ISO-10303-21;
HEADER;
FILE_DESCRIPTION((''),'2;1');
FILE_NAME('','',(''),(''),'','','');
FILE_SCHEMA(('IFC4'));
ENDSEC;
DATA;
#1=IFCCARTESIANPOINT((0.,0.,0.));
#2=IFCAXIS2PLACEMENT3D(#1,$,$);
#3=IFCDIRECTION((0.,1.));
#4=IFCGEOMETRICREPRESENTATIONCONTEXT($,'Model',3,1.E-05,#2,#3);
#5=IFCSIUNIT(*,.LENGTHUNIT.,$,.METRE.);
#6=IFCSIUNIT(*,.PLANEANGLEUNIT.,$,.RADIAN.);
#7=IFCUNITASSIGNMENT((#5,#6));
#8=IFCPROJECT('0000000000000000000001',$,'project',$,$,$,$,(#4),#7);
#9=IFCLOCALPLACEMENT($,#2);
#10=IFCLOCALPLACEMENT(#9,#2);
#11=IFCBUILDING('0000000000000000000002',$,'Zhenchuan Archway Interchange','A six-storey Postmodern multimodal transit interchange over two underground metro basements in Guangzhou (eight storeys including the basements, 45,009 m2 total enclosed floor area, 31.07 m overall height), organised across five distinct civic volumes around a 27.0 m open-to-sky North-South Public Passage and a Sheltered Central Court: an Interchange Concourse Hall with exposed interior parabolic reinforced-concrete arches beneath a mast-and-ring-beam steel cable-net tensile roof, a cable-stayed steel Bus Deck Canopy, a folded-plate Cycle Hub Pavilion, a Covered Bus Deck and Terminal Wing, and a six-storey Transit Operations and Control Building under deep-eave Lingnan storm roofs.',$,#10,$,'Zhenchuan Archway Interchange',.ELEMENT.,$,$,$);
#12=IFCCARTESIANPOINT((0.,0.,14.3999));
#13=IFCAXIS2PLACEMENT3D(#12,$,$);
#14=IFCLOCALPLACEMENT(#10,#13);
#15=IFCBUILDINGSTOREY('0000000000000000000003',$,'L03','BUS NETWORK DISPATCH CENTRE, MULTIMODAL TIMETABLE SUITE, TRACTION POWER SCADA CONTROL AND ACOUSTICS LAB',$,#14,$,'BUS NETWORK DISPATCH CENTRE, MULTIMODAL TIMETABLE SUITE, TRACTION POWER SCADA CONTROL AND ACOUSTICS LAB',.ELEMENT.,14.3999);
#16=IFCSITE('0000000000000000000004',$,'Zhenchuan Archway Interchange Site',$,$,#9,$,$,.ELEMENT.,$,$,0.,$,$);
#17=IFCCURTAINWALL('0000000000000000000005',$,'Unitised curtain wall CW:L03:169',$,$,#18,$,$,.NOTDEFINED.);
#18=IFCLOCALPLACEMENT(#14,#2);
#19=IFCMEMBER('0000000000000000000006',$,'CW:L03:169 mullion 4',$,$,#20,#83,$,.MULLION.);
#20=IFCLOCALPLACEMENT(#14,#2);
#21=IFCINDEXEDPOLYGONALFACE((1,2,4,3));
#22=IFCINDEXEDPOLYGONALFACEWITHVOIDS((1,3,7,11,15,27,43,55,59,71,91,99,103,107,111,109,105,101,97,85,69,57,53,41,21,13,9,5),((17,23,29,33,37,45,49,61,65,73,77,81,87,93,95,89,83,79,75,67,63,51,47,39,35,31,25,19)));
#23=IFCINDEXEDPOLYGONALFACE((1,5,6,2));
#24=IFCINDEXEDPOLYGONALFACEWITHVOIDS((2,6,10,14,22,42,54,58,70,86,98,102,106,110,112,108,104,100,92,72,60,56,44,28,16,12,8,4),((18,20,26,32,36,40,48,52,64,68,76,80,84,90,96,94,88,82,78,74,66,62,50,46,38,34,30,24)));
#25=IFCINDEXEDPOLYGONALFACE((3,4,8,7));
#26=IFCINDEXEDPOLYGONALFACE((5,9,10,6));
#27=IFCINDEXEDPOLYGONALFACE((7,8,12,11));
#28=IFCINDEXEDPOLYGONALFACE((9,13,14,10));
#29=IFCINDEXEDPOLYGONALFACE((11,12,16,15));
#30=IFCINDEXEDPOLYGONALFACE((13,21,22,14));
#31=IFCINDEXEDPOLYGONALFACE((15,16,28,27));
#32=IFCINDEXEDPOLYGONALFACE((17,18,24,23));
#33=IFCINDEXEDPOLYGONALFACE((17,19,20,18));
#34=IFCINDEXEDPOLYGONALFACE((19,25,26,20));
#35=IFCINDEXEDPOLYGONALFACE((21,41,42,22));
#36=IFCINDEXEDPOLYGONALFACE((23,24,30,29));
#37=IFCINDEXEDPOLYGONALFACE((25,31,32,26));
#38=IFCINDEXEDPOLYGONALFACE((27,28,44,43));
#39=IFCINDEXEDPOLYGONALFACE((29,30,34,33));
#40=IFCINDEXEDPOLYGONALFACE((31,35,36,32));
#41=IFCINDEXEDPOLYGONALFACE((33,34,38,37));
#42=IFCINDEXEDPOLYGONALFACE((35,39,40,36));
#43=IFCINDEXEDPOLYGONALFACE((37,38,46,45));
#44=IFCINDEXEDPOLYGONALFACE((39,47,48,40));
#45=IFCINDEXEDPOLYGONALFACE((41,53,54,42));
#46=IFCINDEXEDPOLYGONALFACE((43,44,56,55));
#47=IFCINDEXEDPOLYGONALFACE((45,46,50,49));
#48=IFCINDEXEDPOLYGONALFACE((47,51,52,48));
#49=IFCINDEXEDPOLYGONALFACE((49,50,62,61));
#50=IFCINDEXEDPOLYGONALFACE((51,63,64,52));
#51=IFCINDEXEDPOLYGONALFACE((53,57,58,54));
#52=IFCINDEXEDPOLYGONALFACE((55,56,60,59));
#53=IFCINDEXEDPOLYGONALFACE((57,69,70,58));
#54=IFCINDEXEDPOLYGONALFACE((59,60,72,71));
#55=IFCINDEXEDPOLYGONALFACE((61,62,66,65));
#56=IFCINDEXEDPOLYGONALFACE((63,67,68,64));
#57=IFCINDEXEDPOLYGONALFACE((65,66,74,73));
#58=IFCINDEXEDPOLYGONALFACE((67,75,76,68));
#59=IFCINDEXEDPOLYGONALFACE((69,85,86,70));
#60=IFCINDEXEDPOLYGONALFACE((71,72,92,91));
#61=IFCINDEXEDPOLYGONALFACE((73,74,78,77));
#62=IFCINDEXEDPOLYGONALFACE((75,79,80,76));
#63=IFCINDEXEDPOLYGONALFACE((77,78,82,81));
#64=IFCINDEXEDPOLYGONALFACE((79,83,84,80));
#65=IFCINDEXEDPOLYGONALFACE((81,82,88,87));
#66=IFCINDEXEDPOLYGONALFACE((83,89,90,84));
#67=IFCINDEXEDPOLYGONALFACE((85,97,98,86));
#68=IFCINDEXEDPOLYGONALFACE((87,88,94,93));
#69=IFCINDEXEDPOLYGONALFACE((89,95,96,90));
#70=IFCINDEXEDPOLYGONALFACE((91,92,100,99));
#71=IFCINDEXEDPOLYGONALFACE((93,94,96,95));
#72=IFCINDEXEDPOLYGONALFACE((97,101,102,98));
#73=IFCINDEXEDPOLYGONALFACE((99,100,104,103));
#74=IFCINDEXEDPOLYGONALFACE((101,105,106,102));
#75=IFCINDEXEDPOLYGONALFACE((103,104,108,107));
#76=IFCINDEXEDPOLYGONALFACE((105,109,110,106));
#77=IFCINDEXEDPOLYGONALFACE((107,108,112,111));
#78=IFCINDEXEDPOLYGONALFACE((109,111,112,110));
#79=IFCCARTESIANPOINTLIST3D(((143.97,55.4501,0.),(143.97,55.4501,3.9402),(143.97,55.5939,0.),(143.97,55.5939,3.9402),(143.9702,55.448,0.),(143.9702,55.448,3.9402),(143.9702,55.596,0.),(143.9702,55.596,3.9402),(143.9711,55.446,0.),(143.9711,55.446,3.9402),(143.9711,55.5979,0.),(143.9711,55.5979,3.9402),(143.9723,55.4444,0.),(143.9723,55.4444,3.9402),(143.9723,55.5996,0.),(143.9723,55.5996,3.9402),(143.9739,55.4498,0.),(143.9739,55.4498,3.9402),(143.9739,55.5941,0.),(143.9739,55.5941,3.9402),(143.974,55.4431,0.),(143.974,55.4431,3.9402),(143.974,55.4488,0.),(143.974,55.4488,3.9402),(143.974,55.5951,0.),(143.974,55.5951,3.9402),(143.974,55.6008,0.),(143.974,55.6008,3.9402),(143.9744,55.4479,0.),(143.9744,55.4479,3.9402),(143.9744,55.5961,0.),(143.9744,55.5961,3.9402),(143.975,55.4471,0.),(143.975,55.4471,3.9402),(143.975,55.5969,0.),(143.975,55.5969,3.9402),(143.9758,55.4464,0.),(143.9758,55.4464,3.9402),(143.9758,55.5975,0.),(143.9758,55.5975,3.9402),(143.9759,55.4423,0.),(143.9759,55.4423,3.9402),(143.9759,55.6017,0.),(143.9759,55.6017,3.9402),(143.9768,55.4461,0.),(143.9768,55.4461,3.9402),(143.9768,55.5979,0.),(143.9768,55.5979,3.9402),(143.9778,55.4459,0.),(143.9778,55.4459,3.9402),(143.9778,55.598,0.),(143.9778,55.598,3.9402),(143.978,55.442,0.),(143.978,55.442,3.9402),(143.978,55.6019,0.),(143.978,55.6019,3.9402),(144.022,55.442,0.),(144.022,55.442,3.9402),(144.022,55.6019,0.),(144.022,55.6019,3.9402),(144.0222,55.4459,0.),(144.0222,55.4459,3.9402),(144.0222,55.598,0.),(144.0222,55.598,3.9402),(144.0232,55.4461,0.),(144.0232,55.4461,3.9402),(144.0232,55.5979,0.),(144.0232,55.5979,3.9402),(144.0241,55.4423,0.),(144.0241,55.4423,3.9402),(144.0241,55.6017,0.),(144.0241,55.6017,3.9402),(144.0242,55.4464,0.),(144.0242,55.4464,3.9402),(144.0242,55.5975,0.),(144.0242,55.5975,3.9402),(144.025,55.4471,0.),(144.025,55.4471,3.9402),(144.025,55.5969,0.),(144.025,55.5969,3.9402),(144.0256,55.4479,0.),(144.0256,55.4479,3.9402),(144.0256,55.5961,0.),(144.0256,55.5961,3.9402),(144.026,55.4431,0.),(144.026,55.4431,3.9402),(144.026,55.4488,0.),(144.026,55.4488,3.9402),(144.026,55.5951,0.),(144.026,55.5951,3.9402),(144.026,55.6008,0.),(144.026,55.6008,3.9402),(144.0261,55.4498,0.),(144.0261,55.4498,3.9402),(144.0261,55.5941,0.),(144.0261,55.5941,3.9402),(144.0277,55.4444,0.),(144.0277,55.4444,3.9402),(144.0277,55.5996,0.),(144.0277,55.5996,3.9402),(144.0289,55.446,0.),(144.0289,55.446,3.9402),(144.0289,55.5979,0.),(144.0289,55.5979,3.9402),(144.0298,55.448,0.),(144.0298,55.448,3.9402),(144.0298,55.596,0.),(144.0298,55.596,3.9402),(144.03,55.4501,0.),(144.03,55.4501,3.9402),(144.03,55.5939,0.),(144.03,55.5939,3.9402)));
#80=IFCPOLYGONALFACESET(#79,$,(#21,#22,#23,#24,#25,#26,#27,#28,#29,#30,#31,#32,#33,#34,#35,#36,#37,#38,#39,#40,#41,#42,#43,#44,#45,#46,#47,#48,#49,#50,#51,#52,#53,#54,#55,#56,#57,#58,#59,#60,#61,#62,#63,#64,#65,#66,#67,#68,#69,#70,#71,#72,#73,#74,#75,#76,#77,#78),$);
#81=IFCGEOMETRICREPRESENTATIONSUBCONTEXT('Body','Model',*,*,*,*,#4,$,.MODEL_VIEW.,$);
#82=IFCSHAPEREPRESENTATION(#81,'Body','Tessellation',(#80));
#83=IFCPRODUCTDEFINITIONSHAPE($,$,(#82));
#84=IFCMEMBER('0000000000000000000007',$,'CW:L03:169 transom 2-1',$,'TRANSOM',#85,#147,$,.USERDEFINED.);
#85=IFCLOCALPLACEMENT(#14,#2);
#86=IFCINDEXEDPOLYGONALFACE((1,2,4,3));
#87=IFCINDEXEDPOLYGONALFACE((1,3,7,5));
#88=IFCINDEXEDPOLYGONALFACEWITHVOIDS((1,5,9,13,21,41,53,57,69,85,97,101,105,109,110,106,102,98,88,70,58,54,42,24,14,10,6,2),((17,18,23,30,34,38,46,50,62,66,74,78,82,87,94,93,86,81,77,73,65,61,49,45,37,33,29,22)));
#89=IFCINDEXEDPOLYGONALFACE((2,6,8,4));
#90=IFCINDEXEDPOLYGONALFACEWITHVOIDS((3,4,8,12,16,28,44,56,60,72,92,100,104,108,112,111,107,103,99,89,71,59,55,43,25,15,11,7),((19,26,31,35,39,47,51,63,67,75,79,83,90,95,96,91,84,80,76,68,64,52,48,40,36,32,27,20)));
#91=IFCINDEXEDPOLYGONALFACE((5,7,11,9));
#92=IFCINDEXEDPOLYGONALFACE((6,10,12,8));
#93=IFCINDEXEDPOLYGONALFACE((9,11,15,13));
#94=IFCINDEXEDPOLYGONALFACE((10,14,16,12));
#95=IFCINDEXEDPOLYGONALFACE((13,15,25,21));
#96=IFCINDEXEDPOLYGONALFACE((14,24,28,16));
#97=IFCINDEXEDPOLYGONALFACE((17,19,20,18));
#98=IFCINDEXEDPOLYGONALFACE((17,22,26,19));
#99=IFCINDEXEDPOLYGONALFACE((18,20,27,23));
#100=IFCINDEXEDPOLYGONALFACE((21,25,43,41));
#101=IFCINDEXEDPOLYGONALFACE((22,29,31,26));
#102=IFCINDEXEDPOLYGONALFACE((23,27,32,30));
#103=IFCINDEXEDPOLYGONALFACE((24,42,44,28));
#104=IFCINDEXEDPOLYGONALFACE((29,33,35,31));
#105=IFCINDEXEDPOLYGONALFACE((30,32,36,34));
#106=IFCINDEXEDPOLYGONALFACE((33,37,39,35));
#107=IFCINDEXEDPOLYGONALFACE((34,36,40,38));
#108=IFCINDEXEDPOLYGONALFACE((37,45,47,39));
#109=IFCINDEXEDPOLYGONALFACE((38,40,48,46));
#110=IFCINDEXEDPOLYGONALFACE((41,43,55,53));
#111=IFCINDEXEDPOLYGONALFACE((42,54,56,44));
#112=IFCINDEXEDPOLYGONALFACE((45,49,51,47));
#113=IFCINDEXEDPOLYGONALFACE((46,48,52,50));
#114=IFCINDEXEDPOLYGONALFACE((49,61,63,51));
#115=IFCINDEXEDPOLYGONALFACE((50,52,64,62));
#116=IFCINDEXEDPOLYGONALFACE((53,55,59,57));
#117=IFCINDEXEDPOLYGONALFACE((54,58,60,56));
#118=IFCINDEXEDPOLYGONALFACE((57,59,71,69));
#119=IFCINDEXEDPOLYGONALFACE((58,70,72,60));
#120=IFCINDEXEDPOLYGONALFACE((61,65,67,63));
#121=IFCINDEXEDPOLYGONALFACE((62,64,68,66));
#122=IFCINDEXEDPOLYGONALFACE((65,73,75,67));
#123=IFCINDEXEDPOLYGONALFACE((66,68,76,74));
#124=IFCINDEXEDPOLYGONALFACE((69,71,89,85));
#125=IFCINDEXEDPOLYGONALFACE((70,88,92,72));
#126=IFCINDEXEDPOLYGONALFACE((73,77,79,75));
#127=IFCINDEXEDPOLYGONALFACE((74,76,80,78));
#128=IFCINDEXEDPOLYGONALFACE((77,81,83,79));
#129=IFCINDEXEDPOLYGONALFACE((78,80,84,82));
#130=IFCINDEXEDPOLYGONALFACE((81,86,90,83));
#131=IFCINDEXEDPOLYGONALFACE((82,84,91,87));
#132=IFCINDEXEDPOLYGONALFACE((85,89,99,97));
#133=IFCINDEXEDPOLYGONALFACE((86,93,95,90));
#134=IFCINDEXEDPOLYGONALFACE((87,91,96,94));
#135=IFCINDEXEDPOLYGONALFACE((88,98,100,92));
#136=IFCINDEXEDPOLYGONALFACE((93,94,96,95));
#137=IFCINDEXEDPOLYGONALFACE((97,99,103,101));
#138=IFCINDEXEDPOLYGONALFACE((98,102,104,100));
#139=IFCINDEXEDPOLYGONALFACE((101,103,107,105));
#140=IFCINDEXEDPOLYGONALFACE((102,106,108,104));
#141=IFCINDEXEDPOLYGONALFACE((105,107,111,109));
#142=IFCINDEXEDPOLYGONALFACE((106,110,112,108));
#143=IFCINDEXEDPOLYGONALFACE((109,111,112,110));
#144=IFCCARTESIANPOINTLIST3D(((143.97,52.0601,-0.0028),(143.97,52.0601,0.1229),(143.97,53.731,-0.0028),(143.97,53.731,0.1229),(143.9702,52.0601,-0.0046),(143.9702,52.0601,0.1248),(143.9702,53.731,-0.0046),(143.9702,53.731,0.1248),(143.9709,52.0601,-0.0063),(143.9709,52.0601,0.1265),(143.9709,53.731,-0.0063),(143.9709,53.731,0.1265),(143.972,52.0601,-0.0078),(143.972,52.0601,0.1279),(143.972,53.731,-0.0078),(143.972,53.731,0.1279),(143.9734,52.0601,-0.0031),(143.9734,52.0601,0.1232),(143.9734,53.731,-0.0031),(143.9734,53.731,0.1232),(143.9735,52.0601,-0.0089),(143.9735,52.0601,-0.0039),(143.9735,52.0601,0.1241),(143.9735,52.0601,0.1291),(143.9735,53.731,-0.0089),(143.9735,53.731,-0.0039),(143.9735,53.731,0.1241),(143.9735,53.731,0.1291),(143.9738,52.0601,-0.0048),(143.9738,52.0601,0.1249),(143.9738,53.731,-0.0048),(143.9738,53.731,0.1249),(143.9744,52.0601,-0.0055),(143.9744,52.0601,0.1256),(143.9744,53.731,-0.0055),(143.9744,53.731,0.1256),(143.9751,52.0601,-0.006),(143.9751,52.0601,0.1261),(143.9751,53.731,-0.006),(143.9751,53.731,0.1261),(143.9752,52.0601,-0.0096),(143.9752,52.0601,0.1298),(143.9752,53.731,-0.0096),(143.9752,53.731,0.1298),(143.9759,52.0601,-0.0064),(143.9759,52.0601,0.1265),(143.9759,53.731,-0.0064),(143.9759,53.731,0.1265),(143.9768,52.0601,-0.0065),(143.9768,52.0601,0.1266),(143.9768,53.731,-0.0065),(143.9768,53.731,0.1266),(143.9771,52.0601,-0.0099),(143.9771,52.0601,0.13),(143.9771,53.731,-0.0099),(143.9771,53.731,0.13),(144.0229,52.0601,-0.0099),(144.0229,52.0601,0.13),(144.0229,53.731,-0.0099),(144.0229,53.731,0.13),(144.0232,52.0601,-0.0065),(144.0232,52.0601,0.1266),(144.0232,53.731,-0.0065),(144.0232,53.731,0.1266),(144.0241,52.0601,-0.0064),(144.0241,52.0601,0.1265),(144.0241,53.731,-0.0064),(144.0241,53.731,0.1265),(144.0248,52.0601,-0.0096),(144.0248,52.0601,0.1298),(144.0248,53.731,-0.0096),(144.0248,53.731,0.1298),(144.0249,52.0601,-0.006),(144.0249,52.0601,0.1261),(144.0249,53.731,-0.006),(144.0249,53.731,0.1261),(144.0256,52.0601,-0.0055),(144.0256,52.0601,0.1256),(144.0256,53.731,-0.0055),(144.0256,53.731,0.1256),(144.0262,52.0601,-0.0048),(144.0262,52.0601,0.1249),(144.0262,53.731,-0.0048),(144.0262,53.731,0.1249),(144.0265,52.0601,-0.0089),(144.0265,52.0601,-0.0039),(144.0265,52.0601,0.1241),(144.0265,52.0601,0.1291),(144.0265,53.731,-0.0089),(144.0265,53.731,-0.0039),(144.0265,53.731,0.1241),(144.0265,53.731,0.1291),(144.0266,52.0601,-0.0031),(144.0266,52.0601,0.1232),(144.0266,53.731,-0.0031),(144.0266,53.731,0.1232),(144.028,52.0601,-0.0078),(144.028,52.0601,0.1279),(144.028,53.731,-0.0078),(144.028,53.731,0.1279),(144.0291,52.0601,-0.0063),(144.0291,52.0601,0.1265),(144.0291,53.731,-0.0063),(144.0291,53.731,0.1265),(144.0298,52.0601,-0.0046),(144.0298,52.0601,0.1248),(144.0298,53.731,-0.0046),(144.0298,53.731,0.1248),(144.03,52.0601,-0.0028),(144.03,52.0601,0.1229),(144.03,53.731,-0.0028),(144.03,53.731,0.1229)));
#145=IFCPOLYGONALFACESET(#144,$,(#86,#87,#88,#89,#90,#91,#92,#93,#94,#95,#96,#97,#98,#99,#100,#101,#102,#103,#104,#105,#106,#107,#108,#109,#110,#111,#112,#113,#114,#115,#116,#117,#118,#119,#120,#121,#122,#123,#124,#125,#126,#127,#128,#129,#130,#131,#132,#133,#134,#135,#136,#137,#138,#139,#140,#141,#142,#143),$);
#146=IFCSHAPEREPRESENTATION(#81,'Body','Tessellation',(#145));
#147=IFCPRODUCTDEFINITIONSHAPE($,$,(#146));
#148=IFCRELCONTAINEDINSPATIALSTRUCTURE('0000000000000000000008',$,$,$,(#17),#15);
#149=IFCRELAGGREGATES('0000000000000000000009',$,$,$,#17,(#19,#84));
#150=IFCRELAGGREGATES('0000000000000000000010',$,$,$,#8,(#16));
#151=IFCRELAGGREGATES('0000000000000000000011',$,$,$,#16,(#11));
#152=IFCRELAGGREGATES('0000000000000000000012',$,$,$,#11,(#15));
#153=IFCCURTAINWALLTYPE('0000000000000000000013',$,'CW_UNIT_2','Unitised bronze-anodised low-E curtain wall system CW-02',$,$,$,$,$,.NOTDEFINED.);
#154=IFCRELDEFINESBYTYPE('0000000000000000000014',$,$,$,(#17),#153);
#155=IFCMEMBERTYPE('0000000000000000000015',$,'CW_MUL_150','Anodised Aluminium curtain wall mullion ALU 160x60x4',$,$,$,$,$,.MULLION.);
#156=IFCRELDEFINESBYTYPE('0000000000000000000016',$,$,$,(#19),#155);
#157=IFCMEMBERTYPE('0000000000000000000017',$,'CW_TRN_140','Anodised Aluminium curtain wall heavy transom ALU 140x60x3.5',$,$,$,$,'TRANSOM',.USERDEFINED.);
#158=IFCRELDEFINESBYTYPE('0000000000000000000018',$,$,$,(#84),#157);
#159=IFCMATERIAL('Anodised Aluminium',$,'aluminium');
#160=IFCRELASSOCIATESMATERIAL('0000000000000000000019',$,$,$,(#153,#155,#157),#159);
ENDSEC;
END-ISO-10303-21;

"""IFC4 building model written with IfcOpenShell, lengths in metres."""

from ifc_helpers import new_model, si_unit, direction, frame, origin, origin_2d, place, context, subcontext, project, spatial, hollow_rectangle, extrude, material, material_profile, profile_set, type_object, element, aggregate, save


model = new_model("IFC4")

# Units and contexts
model_context = context("Model", 3, precision=1e-05, world=origin(), true_north=direction((0.0, 1.0)))
body_context = subcontext(model_context, "Body", "Model", "MODEL_VIEW")
ifc_project = project(units=[si_unit("LENGTHUNIT", "METRE"), si_unit("PLANEANGLEUNIT", "RADIAN")], contexts=[model_context])

# Site, building, storey
site_placement = place(None, origin())
site = spatial("IfcSite", under=ifc_project, at=site_placement, Name="Zhenchuan Archway Interchange Site", CompositionType="ELEMENT", RefElevation=0.0)
building_placement = place(site_placement, origin())
building = spatial("IfcBuilding", under=site, at=building_placement, Name="Zhenchuan Archway Interchange", Description="A six-storey Postmodern multimodal transit interchange over two underground metro basements in Guangzhou (eight storeys including the basements, 45,009 m2 total enclosed floor area, 31.07 m overall height), organised across five distinct civic volumes around a 27.0 m open-to-sky North-South Public Passage and a Sheltered Central Court: an Interchange Concourse Hall with exposed interior parabolic reinforced-concrete arches beneath a mast-and-ring-beam steel cable-net tensile roof, a cable-stayed steel Bus Deck Canopy, a folded-plate Cycle Hub Pavilion, a Covered Bus Deck and Terminal Wing, and a six-storey Transit Operations and Control Building under deep-eave Lingnan storm roofs.", LongName="Zhenchuan Archway Interchange", CompositionType="ELEMENT")
storey_placement = place(building_placement, frame((0.0, 0.0, 14.3999)))
storey = spatial("IfcBuildingStorey", under=building, at=storey_placement, Name="L03", Description="BUS NETWORK DISPATCH CENTRE, MULTIMODAL TIMETABLE SUITE, TRACTION POWER SCADA CONTROL AND ACOUSTICS LAB", LongName="BUS NETWORK DISPATCH CENTRE, MULTIMODAL TIMETABLE SUITE, TRACTION POWER SCADA CONTROL AND ACOUSTICS LAB", CompositionType="ELEMENT", Elevation=14.3999)

# Curtain wall, members
ifc_material_1 = material(Name="Anodised Aluminium", Category="aluminium")
curtain_wall_type = type_object("IfcCurtainWallType", Name="CW_UNIT_2", Description="Unitised bronze-anodised low-E curtain wall system CW-02", PredefinedType="NOTDEFINED", material=ifc_material_1)
curtain_wall_placement = place(storey_placement, origin())
curtain_wall = element("IfcCurtainWall", 1, at=curtain_wall_placement, inside=storey, type_object=curtain_wall_type, Name="Unitised curtain wall CW:L03:169", PredefinedType="NOTDEFINED")
ifc_material_profile_1 = material_profile(ifc_material_1, hollow_rectangle(XDim=0.0601, YDim=0.1599, WallThickness=0.0039, InnerFilletRadius=0.0039, OuterFilletRadius=0.0081, at=origin_2d()), Name="ALU 160x60x4")
ifc_profile_set_1 = profile_set([ifc_material_profile_1], Name="Anodised Aluminium")
member_type_1 = type_object("IfcMemberType", Name="CW_MUL_150", Description="Anodised Aluminium curtain wall mullion ALU 160x60x4", PredefinedType="MULLION", material=ifc_profile_set_1)
member_1_placement = place(storey_placement, frame((144.0, 55.522, 0.0), z_axis=(0.0, 0.0, 1.0), x_axis=(1.0, 0.0, 0.0)))
member_1 = element("IfcMember", 2, at=member_1_placement, type_object=member_type_1, Name="CW:L03:169 mullion 4", PredefinedType="MULLION", context=body_context, shape_type="SweptSolid", body=[
    extrude(hollow_rectangle(XDim=0.0601, YDim=0.1599, WallThickness=0.0039, InnerFilletRadius=0.0039, OuterFilletRadius=0.0081, at=origin_2d()), origin(), (0.0, 0.0, 1.0), 3.9402),
])
ifc_material_profile_2 = material_profile(ifc_material_1, hollow_rectangle(XDim=0.0601, YDim=0.1399, WallThickness=0.0034, InnerFilletRadius=0.0034, OuterFilletRadius=0.0071, at=origin_2d()), Name="ALU 140x60x3.5")
ifc_profile_set_2 = profile_set([ifc_material_profile_2], Name="Anodised Aluminium")
member_type_2 = type_object("IfcMemberType", Name="CW_TRN_140", Description="Anodised Aluminium curtain wall heavy transom ALU 140x60x3.5", ElementType="TRANSOM", PredefinedType="USERDEFINED", material=ifc_profile_set_2)
member_2_placement = place(storey_placement, frame((144.0, 52.0601, 0.0601), z_axis=(0.0, 1.0, 0.0), x_axis=(-1.0, 0.0, 0.0)))
member_2 = element("IfcMember", 3, at=member_2_placement, type_object=member_type_2, Name="CW:L03:169 transom 2-1", ObjectType="TRANSOM", PredefinedType="USERDEFINED", context=body_context, shape_type="SweptSolid", body=[
    extrude(hollow_rectangle(XDim=0.0601, YDim=0.1399, WallThickness=0.0034, InnerFilletRadius=0.0034, OuterFilletRadius=0.0071, at=origin_2d()), origin(), (0.0, 0.0, 1.0), 1.6709),
])

aggregate(curtain_wall, [member_1, member_2])

save(model, "model.ifc")
